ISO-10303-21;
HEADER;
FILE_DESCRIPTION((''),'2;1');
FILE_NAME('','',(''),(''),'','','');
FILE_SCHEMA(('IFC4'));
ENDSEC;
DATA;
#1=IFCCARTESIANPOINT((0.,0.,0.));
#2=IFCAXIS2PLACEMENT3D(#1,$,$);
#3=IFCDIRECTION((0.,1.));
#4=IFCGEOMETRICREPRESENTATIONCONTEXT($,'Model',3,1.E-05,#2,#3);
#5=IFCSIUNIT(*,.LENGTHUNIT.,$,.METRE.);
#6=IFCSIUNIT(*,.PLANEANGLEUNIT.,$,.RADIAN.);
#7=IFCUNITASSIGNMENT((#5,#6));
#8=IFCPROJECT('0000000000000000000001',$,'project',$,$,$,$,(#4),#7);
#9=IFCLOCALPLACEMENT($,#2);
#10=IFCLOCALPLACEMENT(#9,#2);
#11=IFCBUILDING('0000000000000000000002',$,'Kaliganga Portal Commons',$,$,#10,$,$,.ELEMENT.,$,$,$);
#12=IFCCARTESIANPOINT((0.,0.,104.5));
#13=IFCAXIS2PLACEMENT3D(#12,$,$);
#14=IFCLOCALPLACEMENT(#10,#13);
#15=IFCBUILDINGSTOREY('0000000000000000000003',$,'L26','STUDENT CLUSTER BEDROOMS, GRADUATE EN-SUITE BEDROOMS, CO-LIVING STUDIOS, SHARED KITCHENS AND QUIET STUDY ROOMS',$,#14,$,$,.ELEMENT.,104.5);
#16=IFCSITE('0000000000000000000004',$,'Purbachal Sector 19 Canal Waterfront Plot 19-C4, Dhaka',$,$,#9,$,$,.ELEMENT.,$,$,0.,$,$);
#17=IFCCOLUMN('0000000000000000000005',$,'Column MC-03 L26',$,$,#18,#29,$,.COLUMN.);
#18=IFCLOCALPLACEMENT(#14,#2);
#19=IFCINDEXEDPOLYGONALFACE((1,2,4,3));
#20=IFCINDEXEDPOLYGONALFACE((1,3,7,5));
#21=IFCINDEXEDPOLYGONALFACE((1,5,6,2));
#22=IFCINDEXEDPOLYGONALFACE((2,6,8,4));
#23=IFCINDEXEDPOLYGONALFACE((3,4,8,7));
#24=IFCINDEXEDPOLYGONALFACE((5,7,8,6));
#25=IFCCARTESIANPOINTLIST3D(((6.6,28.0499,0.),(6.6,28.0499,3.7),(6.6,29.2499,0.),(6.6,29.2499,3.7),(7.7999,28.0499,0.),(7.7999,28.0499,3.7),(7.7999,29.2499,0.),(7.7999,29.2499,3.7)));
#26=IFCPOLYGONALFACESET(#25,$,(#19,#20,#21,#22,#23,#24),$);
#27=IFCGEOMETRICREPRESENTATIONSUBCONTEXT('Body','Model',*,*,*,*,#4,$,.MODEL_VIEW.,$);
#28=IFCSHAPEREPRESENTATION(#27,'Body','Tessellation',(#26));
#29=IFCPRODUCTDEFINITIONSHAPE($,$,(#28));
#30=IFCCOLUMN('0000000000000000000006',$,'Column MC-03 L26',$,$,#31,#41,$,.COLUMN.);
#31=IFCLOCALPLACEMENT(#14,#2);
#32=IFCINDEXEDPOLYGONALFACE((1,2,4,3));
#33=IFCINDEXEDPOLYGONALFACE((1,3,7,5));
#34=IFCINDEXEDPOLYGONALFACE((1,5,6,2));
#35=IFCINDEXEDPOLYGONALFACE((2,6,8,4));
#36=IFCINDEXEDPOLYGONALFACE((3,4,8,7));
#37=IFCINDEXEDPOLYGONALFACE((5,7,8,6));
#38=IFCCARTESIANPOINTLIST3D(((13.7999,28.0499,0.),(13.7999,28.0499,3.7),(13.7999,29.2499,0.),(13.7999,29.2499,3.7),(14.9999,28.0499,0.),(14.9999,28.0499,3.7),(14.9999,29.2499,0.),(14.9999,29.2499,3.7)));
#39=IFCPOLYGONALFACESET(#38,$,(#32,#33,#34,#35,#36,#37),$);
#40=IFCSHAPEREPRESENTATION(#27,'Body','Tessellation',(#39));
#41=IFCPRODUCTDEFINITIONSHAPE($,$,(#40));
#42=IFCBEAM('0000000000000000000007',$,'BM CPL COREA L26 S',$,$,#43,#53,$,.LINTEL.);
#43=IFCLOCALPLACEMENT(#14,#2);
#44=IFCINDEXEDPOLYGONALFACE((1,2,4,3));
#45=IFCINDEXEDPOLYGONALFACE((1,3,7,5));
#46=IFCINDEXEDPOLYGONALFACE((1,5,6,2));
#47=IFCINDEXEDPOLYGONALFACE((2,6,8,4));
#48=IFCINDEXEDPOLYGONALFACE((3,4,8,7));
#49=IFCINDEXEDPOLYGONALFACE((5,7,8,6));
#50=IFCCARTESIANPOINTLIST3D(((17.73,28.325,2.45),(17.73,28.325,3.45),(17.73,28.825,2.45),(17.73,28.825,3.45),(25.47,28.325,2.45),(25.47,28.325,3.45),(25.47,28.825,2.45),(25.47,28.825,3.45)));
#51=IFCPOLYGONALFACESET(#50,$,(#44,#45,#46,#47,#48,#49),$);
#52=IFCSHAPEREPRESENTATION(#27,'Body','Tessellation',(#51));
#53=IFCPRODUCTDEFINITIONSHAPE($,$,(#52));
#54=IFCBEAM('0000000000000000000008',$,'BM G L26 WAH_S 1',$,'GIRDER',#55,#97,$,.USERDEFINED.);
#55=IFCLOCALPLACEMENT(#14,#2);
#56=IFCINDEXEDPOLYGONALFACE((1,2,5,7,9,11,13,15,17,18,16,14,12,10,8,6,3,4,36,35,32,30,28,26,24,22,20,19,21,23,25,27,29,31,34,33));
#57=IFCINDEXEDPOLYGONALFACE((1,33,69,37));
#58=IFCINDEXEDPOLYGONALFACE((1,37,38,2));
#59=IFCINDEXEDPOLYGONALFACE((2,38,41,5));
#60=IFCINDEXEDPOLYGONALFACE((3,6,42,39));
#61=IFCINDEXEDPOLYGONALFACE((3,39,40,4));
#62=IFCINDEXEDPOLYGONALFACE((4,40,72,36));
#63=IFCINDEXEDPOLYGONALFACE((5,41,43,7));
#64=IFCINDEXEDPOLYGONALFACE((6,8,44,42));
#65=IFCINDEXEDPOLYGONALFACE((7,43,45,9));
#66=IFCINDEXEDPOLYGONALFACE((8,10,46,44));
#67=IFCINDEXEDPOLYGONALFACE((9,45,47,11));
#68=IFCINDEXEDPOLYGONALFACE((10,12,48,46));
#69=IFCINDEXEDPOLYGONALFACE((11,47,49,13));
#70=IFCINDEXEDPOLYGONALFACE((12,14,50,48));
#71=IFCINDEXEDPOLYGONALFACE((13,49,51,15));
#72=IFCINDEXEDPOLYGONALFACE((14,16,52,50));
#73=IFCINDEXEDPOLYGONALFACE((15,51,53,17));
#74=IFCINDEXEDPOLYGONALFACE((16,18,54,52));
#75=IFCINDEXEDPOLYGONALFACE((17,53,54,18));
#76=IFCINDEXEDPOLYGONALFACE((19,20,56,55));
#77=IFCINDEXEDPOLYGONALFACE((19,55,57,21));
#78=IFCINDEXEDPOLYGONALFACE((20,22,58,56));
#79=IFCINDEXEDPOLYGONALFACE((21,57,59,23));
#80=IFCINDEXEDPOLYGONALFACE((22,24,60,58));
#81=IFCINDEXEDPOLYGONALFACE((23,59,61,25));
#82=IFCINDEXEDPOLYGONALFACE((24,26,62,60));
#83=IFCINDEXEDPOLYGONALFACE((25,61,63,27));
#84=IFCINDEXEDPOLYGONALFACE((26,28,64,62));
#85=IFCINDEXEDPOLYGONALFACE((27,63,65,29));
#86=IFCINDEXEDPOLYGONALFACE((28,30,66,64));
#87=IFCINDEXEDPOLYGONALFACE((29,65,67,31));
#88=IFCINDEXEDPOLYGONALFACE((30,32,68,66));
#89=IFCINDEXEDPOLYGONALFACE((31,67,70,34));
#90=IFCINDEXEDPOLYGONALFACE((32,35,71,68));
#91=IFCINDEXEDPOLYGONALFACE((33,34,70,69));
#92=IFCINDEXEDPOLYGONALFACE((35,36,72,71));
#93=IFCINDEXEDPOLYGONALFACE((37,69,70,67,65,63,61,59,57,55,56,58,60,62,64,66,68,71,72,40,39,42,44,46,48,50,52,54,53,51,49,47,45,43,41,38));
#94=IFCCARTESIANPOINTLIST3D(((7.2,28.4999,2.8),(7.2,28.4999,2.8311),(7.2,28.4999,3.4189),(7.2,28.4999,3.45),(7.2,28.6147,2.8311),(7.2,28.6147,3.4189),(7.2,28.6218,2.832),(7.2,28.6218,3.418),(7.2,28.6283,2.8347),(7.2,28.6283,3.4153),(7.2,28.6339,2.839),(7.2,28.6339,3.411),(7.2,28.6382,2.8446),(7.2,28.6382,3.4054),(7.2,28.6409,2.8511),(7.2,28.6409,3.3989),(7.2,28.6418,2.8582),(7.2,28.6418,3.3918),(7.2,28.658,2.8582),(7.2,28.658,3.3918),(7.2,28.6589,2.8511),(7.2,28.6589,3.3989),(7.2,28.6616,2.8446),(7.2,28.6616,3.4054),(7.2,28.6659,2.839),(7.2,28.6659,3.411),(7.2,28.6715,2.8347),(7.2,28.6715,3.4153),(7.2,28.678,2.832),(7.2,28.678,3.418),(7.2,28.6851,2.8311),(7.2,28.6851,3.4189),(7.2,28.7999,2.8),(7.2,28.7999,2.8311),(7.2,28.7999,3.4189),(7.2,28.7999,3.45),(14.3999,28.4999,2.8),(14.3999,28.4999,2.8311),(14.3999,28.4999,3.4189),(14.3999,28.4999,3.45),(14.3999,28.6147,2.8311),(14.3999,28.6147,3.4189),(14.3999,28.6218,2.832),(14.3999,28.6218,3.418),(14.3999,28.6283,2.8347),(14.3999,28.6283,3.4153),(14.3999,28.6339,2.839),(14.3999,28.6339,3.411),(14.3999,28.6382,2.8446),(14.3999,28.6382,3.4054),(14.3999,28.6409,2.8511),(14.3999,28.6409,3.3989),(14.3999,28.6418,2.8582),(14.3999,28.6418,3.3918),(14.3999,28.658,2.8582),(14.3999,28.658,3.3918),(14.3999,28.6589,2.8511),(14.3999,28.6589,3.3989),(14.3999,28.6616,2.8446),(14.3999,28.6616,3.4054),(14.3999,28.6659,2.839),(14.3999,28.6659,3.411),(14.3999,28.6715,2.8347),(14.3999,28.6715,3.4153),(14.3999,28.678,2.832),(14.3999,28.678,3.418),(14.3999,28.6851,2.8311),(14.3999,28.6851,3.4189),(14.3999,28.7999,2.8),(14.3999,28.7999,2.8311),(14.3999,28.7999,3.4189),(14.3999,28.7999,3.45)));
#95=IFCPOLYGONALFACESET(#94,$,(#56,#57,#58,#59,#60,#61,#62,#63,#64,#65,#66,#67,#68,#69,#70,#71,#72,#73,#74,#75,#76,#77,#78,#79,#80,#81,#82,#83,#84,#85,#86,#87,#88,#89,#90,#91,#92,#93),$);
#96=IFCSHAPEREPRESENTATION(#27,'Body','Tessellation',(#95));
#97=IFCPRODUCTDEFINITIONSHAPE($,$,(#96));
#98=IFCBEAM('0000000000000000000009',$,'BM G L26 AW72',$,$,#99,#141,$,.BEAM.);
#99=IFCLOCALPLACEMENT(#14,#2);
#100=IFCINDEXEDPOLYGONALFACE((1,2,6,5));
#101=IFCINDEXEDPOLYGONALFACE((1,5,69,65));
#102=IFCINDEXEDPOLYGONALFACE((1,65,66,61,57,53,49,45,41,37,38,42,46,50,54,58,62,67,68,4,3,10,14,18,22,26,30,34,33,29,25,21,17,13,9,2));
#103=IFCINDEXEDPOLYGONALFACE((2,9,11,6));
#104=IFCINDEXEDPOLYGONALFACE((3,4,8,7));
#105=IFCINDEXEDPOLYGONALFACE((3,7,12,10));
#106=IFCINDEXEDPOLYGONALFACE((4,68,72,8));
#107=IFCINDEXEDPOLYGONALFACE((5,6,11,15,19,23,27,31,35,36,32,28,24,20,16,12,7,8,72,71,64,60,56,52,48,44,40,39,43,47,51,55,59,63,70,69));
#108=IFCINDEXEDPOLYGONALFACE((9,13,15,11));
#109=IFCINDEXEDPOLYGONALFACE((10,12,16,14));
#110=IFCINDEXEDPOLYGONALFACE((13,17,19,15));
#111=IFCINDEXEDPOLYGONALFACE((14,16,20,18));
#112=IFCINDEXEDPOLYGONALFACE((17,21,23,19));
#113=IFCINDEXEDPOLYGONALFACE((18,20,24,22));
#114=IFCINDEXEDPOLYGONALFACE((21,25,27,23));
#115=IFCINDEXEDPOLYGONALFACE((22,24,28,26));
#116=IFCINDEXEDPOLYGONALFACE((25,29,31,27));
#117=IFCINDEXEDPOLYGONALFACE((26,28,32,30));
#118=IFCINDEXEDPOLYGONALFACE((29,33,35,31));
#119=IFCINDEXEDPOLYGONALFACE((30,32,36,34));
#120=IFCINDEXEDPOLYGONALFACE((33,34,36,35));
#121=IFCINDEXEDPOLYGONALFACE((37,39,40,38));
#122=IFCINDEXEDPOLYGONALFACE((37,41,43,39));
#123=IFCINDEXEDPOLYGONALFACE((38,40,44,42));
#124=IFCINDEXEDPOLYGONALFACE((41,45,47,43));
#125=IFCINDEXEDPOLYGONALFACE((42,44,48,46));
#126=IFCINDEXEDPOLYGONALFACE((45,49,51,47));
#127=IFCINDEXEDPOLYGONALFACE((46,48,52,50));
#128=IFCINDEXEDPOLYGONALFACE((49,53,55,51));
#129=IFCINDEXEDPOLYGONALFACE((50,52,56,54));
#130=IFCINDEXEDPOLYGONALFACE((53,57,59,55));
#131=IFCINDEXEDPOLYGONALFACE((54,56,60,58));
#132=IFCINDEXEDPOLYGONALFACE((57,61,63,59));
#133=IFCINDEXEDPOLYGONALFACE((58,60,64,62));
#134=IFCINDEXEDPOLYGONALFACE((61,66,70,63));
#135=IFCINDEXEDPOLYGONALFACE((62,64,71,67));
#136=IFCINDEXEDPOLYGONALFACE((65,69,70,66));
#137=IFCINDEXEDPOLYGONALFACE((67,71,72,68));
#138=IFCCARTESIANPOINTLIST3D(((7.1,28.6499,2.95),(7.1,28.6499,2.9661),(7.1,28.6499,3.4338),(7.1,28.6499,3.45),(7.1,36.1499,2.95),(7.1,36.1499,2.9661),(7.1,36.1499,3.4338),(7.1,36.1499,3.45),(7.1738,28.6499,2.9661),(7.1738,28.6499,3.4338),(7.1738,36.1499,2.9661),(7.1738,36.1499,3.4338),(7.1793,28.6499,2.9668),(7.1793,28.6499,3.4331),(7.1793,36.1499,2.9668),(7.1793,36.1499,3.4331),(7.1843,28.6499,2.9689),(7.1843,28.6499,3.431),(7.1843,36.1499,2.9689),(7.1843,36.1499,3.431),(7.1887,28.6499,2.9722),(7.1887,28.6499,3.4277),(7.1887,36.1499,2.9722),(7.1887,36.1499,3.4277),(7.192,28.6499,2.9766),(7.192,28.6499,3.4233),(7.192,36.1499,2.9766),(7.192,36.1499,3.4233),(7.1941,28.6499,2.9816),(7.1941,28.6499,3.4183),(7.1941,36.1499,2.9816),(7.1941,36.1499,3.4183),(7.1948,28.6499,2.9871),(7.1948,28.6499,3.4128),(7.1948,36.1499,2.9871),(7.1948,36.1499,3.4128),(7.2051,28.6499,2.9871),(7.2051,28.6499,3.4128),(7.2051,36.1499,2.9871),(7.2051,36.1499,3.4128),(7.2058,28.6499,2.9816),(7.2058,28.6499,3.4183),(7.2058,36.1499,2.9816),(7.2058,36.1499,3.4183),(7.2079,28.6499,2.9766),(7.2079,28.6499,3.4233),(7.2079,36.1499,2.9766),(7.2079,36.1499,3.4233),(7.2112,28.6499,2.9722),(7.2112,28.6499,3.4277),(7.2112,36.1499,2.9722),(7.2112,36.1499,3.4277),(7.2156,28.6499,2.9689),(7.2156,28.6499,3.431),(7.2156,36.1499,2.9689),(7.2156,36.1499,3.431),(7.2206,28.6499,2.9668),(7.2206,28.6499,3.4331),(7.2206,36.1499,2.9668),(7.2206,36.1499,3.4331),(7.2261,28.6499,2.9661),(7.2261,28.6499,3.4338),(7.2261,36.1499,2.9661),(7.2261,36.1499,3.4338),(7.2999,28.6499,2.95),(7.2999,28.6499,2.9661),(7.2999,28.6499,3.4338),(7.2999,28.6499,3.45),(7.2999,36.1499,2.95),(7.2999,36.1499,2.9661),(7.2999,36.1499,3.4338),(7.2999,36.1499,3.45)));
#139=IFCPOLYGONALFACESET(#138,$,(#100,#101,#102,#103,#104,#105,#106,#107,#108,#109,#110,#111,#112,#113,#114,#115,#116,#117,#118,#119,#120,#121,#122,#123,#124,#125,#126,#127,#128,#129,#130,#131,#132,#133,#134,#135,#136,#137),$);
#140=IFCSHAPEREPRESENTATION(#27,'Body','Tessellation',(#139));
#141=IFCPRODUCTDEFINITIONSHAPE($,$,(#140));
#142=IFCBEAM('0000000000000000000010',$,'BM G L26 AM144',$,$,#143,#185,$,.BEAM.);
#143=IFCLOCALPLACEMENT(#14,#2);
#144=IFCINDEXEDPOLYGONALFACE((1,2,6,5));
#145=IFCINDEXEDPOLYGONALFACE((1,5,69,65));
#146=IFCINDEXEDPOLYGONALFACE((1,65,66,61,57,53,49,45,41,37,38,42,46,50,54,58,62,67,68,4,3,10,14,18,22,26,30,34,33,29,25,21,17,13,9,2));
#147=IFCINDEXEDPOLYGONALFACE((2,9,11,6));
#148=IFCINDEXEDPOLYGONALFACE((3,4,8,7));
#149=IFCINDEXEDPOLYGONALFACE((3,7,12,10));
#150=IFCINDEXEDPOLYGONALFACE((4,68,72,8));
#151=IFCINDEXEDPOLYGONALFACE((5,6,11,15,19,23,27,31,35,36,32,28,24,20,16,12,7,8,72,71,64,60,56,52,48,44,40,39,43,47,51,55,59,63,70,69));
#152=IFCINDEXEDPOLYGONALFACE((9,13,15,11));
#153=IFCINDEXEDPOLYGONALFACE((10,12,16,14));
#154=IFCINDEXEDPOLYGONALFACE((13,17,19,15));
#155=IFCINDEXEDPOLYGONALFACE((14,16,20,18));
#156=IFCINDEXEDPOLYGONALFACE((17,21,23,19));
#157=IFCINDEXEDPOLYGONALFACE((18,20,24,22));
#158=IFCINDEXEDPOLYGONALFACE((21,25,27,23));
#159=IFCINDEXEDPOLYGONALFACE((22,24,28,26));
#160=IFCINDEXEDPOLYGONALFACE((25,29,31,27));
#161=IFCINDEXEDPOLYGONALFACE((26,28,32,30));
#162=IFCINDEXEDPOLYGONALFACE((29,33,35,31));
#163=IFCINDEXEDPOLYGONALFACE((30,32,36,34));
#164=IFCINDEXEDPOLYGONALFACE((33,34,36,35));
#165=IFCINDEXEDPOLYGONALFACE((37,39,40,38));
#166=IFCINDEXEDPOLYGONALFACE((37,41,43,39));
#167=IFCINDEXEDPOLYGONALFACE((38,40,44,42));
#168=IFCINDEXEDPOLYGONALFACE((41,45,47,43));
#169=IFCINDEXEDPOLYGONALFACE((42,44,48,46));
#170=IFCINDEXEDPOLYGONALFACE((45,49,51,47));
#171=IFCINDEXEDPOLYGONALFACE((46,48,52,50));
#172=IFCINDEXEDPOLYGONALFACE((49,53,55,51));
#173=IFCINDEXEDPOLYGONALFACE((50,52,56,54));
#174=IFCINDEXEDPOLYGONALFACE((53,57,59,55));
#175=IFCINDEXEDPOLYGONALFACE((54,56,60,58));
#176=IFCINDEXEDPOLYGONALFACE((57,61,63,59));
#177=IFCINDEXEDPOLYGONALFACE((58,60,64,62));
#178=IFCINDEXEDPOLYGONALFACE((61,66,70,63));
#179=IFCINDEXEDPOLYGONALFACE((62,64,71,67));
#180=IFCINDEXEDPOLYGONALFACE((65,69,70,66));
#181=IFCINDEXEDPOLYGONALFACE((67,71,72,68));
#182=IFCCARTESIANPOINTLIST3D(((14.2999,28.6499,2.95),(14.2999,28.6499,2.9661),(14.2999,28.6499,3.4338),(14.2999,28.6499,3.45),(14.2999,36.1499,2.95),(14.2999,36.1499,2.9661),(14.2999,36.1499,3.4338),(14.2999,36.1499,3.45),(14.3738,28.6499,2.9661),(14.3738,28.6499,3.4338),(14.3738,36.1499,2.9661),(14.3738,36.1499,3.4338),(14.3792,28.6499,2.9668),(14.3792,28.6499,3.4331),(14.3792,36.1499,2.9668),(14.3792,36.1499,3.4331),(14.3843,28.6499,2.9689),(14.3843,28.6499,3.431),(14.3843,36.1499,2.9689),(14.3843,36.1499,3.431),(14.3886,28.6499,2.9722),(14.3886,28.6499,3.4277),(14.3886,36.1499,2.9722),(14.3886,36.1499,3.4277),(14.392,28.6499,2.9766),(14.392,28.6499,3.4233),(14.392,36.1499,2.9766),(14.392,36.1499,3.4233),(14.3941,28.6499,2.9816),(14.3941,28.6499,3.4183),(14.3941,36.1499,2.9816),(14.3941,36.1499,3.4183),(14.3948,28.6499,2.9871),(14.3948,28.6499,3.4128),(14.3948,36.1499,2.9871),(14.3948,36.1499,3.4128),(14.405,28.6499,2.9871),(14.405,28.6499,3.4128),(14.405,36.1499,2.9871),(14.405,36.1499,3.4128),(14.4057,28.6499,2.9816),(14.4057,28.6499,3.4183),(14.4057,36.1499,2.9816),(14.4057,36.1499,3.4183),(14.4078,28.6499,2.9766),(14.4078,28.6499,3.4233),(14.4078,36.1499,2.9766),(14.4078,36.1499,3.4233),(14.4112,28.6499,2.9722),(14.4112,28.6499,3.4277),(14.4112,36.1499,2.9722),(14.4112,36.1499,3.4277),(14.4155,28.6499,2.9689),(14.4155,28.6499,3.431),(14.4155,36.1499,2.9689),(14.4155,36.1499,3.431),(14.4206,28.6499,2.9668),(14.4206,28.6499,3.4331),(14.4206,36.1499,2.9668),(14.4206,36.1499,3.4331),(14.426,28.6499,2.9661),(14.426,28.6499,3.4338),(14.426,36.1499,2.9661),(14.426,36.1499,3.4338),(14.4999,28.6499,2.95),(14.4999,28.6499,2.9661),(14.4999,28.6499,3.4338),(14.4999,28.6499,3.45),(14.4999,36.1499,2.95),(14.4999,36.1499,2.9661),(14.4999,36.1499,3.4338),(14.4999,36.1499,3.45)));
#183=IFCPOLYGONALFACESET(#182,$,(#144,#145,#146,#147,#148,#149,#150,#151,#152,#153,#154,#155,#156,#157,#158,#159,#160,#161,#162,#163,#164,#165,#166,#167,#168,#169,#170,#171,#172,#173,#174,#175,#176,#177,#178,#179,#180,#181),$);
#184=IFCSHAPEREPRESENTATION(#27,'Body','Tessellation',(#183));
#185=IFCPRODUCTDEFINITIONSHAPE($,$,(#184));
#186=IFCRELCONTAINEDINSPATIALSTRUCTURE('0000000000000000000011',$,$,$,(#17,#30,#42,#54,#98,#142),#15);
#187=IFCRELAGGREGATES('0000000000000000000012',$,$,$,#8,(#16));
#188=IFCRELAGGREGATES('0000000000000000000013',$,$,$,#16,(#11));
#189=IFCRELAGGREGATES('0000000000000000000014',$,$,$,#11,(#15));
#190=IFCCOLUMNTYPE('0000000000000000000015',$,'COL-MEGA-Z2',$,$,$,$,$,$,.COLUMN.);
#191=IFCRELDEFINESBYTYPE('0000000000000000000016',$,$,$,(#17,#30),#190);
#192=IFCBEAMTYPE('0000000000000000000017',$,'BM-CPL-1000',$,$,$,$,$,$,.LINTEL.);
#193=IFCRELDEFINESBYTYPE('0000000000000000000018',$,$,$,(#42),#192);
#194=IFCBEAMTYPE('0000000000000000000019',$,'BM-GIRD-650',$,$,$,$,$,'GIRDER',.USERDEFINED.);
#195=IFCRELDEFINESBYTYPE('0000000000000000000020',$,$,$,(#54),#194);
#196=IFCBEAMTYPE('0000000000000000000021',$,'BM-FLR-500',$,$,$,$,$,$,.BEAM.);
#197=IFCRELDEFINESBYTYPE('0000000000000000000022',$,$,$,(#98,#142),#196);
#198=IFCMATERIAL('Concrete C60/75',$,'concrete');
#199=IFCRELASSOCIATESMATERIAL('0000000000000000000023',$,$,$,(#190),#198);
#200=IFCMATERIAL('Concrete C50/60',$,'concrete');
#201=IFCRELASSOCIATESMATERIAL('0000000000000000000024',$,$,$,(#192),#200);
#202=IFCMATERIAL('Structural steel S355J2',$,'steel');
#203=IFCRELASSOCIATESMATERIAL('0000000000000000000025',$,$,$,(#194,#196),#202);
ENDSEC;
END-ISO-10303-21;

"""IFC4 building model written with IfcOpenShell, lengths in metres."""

from ifc_helpers import new_model, si_unit, direction, frame, origin, origin_2d, place, context, subcontext, project, spatial, rectangle, i_section, extrude, source, transform, mapped, material, material_profile, profile_set, type_object, element, save


model = new_model("IFC4")

# Units and contexts
model_context = context("Model", 3, precision=1e-05, world=origin(), true_north=direction((0.0, 1.0)))
body_context = subcontext(model_context, "Body", "Model", "MODEL_VIEW")
ifc_project = project(units=[si_unit("LENGTHUNIT", "METRE"), si_unit("PLANEANGLEUNIT", "RADIAN")], contexts=[model_context])

# Site, building, storey
site_placement = place(None, origin())
site = spatial("IfcSite", under=ifc_project, at=site_placement, Name="Purbachal Sector 19 Canal Waterfront Plot 19-C4, Dhaka", CompositionType="ELEMENT", RefElevation=0.0)
building_placement = place(site_placement, origin())
building = spatial("IfcBuilding", under=site, at=building_placement, Name="Kaliganga Portal Commons", CompositionType="ELEMENT")
storey_placement = place(building_placement, frame((0.0, 0.0, 104.5)))
storey = spatial("IfcBuildingStorey", under=building, at=storey_placement, Name="L26", Description="STUDENT CLUSTER BEDROOMS, GRADUATE EN-SUITE BEDROOMS, CO-LIVING STUDIOS, SHARED KITCHENS AND QUIET STUDY ROOMS", CompositionType="ELEMENT", Elevation=104.5)

# Columns
ifc_material_1 = material(Name="Concrete C60/75", Category="concrete")
ifc_material_profile_1 = material_profile(ifc_material_1, rectangle(XDim=1.2, YDim=1.2, at=origin_2d()), Name="RC 1200x1200")
ifc_profile_set_1 = profile_set([ifc_material_profile_1], Name="Concrete C60/75")
column_type = type_object("IfcColumnType", Name="COL-MEGA-Z2", PredefinedType="COLUMN", material=ifc_profile_set_1)
shared_shape_1 = source(origin(), body_context, "Body", "SweptSolid", [
    extrude(rectangle(XDim=1.2, YDim=1.2, at=origin_2d()), origin(), (0.0, 0.0, 1.0), 3.7),
])
for number, where, z_axis, x_axis, name in (
    (1, (7.2, 28.6499, 0.0), (0.0, 0.0, 1.0), (1.0, 0.0, 0.0), "Column MC-03 L26"),
    (2, (14.3999, 28.6499, 0.0), (0.0, 0.0, 1.0), (1.0, 0.0, 0.0), "Column MC-03 L26"),
):
    element("IfcColumn", number, at=place(storey_placement, frame(where, z_axis=z_axis, x_axis=x_axis)), inside=storey, type_object=column_type, Name=name, PredefinedType="COLUMN", context=body_context, shape_type="MappedRepresentation", body=[
        mapped(shared_shape_1, transform((0.0, 0.0, 0.0), x_axis=(1.0, 0.0, 0.0), y_axis=(0.0, 1.0, 0.0), z_axis=(0.0, 0.0, 1.0), scale=1.0)),
    ])

# Beams
ifc_material_2 = material(Name="Concrete C50/60", Category="concrete")
ifc_material_profile_2 = material_profile(ifc_material_2, rectangle(XDim=0.5, YDim=1.0, at=origin_2d()), Name="RC 500x1000")
ifc_profile_set_2 = profile_set([ifc_material_profile_2], Name="Concrete C50/60")
beam_type_1 = type_object("IfcBeamType", Name="BM-CPL-1000", PredefinedType="LINTEL", material=ifc_profile_set_2)
shared_shape_2 = source(origin(), body_context, "Body", "SweptSolid", [
    extrude(rectangle(XDim=0.5, YDim=1.0, at=origin_2d()), origin(), (0.0, 0.0, 1.0), 7.74),
])
beam_1_placement = place(storey_placement, frame((17.73, 28.575, 2.95), z_axis=(1.0, 0.0, 0.0), x_axis=(0.0, 1.0, 0.0)))
element("IfcBeam", 3, at=beam_1_placement, inside=storey, type_object=beam_type_1, Name="BM CPL COREA L26 S", PredefinedType="LINTEL", context=body_context, shape_type="MappedRepresentation", body=[
    mapped(shared_shape_2, transform((0.0, 0.0, 0.0), x_axis=(1.0, 0.0, 0.0), y_axis=(0.0, 1.0, 0.0), z_axis=(0.0, 0.0, 1.0), scale=1.0)),
])
ifc_material_3 = material(Name="Structural steel S355J2", Category="steel")
ifc_material_profile_3 = material_profile(ifc_material_3, i_section(OverallWidth=0.3, OverallDepth=0.6499, WebThickness=0.0161, FlangeThickness=0.031, FilletRadius=0.0271, at=origin_2d()), Name="HE 650 B")
ifc_profile_set_3 = profile_set([ifc_material_profile_3], Name="Structural steel S355J2 wide-flange")
beam_type_2 = type_object("IfcBeamType", Name="BM-GIRD-650", ElementType="GIRDER", PredefinedType="USERDEFINED", material=ifc_profile_set_3)
shared_shape_3 = source(origin(), body_context, "Body", "SweptSolid", [
    extrude(i_section(OverallWidth=0.3, OverallDepth=0.6499, WebThickness=0.0161, FlangeThickness=0.031, FilletRadius=0.0271, at=origin_2d()), origin(), (0.0, 0.0, 1.0), 7.2),
])
beam_2_placement = place(storey_placement, frame((7.2, 28.6499, 3.125), z_axis=(1.0, 0.0, 0.0), x_axis=(0.0, 1.0, 0.0)))
element("IfcBeam", 4, at=beam_2_placement, inside=storey, type_object=beam_type_2, Name="BM G L26 WAH_S 1", ObjectType="GIRDER", PredefinedType="USERDEFINED", context=body_context, shape_type="MappedRepresentation", body=[
    mapped(shared_shape_3, transform((0.0, 0.0, 0.0), x_axis=(1.0, 0.0, 0.0), y_axis=(0.0, 1.0, 0.0), z_axis=(0.0, 0.0, 1.0), scale=1.0)),
])
ifc_material_profile_4 = material_profile(ifc_material_3, i_section(OverallWidth=0.2, OverallDepth=0.5, WebThickness=0.0103, FlangeThickness=0.0161, FilletRadius=0.021, at=origin_2d()), Name="IPE 500")
ifc_profile_set_4 = profile_set([ifc_material_profile_4], Name="Structural steel S355J2 wide-flange")
beam_type_3 = type_object("IfcBeamType", Name="BM-FLR-500", PredefinedType="BEAM", material=ifc_profile_set_4)
shared_shape_4 = source(origin(), body_context, "Body", "SweptSolid", [
    extrude(i_section(OverallWidth=0.2, OverallDepth=0.5, WebThickness=0.0103, FlangeThickness=0.0161, FilletRadius=0.021, at=origin_2d()), origin(), (0.0, 0.0, 1.0), 7.5),
])
for number, where, z_axis, x_axis, name in (
    (5, (7.2, 28.6499, 3.2), (0.0, 1.0, 0.0), (-1.0, 0.0, 0.0), "BM G L26 AW72"),
    (6, (14.3999, 28.6499, 3.2), (0.0, 1.0, 0.0), (-1.0, 0.0, 0.0), "BM G L26 AM144"),
):
    element("IfcBeam", number, at=place(storey_placement, frame(where, z_axis=z_axis, x_axis=x_axis)), inside=storey, type_object=beam_type_3, Name=name, PredefinedType="BEAM", context=body_context, shape_type="MappedRepresentation", body=[
        mapped(shared_shape_4, transform((0.0, 0.0, 0.0), x_axis=(1.0, 0.0, 0.0), y_axis=(0.0, 1.0, 0.0), z_axis=(0.0, 0.0, 1.0), scale=1.0)),
    ])

save(model, "model.ifc")
